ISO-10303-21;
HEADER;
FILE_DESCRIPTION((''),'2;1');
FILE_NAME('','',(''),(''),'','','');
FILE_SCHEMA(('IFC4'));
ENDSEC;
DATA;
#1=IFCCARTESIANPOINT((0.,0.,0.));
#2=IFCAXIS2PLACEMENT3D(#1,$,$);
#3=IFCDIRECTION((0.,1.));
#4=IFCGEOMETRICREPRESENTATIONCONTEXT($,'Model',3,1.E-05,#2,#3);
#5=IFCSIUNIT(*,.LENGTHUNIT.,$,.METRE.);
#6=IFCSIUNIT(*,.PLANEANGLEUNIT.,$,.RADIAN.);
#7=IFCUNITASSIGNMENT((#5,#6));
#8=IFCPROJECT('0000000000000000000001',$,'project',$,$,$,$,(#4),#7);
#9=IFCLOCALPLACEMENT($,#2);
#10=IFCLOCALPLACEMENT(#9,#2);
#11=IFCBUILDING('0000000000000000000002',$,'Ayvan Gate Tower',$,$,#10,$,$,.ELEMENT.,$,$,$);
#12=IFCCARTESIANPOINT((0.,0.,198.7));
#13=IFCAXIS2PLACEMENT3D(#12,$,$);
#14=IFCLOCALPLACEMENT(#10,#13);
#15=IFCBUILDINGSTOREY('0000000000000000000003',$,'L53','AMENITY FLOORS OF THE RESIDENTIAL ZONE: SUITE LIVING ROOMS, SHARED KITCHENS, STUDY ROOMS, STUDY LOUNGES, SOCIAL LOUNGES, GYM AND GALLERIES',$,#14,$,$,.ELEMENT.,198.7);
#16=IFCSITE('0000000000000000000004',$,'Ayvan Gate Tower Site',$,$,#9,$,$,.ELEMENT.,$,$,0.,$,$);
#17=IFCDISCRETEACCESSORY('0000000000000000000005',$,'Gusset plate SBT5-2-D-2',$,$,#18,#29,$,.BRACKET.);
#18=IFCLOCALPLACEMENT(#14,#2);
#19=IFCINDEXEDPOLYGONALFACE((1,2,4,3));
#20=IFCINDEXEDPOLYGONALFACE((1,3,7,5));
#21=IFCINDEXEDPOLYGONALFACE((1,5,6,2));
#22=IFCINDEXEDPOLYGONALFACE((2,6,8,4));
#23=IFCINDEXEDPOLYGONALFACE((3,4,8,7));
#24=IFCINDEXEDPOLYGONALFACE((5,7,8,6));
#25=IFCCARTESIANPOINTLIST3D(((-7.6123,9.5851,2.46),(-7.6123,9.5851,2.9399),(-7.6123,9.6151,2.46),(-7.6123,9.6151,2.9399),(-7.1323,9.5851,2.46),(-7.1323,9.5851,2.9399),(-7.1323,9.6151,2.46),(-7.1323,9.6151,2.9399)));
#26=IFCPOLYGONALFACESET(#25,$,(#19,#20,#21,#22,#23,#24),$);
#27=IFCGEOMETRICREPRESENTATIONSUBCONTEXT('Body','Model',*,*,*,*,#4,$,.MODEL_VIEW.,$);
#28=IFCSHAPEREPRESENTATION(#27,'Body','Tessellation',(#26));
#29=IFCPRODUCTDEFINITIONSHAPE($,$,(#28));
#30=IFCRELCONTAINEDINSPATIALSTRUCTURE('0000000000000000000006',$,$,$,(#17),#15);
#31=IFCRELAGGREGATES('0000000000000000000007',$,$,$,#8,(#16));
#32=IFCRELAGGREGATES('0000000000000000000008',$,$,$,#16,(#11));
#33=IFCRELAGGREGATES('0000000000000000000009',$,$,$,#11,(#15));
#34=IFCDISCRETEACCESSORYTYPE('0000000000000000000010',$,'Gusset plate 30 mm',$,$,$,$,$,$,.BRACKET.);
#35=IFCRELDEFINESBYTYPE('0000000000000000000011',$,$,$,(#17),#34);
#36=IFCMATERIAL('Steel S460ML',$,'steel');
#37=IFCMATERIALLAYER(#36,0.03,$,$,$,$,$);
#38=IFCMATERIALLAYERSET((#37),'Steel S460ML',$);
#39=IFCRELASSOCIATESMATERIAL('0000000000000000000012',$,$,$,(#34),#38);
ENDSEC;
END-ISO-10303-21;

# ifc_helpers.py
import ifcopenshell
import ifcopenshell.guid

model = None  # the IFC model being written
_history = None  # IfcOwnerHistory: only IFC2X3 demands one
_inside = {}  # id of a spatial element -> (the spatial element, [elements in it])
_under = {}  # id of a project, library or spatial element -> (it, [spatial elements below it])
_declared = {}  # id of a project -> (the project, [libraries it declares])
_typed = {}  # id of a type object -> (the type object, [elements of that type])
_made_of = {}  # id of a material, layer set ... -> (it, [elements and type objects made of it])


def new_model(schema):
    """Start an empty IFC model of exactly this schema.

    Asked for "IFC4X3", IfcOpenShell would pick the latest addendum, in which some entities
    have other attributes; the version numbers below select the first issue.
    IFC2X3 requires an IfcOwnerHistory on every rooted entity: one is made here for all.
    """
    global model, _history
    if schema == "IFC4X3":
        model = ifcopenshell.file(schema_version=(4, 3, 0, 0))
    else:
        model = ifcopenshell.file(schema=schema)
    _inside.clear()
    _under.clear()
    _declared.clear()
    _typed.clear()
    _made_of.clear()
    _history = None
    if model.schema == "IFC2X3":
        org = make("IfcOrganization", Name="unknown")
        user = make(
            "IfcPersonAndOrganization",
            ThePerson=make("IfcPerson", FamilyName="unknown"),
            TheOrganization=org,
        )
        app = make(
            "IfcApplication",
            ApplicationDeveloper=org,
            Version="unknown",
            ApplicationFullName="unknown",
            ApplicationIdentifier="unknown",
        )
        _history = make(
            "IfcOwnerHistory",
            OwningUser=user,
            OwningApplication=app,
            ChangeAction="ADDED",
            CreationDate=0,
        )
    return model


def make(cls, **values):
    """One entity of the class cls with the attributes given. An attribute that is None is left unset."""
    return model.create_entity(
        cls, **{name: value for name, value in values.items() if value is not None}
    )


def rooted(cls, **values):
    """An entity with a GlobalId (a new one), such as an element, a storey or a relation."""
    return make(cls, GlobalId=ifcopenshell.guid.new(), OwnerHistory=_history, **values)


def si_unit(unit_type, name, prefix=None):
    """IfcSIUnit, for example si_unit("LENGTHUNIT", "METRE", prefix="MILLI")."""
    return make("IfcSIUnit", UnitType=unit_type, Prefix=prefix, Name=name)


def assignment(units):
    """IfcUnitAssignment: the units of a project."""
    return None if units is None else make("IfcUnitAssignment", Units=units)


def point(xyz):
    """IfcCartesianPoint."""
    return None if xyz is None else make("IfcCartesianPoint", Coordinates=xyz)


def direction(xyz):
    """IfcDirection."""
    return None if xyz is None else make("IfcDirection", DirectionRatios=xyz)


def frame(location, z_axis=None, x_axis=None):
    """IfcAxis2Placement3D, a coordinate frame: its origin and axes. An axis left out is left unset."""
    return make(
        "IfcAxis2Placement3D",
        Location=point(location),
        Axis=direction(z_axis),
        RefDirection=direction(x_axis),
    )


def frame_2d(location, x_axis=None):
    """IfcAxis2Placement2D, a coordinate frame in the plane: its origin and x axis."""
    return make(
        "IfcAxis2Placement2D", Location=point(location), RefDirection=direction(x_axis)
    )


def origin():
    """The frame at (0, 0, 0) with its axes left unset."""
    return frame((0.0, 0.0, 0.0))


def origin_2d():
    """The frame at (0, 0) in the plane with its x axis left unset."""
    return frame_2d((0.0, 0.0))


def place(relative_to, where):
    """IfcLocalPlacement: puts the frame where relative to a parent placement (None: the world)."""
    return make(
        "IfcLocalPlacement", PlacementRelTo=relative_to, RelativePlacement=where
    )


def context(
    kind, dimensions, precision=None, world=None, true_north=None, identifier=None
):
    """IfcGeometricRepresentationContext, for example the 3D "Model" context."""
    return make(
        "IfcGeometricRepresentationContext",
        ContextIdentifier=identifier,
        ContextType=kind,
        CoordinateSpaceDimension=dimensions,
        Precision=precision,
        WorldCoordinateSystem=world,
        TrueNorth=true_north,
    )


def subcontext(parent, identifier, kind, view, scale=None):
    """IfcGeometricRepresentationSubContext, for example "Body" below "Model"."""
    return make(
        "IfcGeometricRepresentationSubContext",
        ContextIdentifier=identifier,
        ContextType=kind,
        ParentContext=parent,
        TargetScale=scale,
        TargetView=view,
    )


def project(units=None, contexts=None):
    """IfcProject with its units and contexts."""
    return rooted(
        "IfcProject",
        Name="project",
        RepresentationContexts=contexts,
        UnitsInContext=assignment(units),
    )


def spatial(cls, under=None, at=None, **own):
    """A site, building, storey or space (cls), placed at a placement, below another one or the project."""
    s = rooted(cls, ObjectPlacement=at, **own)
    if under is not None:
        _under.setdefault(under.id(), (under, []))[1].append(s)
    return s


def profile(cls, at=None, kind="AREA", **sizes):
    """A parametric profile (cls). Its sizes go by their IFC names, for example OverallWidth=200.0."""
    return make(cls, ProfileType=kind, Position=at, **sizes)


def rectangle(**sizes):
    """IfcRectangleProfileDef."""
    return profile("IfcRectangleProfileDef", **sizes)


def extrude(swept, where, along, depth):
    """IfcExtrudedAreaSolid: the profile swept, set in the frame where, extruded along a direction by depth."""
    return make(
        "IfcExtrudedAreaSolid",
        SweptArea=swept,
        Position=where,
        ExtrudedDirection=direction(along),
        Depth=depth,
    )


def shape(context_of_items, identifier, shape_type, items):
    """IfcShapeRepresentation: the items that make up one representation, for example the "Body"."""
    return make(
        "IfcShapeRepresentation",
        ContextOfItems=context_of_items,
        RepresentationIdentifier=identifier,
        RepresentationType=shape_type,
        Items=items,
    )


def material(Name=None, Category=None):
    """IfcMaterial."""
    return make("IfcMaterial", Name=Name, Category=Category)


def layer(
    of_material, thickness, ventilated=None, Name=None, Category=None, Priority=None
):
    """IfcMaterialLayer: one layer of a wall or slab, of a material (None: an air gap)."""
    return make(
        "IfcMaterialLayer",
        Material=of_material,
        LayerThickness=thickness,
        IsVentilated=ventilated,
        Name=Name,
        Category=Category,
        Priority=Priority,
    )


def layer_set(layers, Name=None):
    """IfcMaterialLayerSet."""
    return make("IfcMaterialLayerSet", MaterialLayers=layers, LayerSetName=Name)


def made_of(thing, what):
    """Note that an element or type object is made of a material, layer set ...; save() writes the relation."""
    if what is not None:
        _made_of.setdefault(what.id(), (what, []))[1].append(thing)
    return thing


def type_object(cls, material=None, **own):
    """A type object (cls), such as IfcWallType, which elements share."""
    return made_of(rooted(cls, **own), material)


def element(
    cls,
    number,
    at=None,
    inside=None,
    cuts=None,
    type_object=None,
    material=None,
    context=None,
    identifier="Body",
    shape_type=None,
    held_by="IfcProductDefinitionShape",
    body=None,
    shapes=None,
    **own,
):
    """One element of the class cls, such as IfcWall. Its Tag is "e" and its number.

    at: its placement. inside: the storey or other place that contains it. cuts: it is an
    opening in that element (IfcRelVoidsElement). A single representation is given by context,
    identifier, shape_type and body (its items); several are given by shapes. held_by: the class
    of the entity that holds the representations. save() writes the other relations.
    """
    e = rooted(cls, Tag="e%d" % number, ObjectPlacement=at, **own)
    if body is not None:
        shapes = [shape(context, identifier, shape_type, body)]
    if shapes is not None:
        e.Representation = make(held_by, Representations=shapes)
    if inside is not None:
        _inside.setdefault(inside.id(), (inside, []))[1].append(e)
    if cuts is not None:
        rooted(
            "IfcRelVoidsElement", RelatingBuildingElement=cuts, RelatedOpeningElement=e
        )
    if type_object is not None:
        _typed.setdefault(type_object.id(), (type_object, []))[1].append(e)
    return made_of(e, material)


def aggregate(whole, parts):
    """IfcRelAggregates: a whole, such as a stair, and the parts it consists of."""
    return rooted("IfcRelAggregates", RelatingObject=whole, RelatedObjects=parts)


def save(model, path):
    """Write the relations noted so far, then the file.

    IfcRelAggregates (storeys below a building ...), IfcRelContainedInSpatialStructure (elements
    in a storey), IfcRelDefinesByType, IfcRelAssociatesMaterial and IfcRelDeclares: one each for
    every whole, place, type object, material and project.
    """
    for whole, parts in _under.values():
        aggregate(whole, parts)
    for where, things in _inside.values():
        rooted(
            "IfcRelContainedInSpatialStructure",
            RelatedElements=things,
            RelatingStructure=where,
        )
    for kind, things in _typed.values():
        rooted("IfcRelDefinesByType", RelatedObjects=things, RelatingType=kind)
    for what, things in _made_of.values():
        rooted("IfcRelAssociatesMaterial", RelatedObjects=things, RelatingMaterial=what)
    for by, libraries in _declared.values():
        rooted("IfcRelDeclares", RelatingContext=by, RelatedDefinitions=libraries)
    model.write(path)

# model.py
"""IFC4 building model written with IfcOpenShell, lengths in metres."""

from ifc_helpers import new_model, si_unit, direction, frame, origin, origin_2d, place, context, subcontext, project, spatial, rectangle, extrude, material, layer, layer_set, type_object, element, save


model = new_model("IFC4")

# Units and contexts
model_context = context("Model", 3, precision=1e-05, world=origin(), true_north=direction((0.0, 1.0)))
body_context = subcontext(model_context, "Body", "Model", "MODEL_VIEW")
ifc_project = project(units=[si_unit("LENGTHUNIT", "METRE"), si_unit("PLANEANGLEUNIT", "RADIAN")], contexts=[model_context])

# Site, building, storey
site_placement = place(None, origin())
site = spatial("IfcSite", under=ifc_project, at=site_placement, Name="Ayvan Gate Tower Site", CompositionType="ELEMENT", RefElevation=0.0)
building_placement = place(site_placement, origin())
building = spatial("IfcBuilding", under=site, at=building_placement, Name="Ayvan Gate Tower", CompositionType="ELEMENT")
storey_placement = place(building_placement, frame((0.0, 0.0, 198.7)))
storey = spatial("IfcBuildingStorey", under=building, at=storey_placement, Name="L53", Description="AMENITY FLOORS OF THE RESIDENTIAL ZONE: SUITE LIVING ROOMS, SHARED KITCHENS, STUDY ROOMS, STUDY LOUNGES, SOCIAL LOUNGES, GYM AND GALLERIES", CompositionType="ELEMENT", Elevation=198.7)

# Discrete accessory
ifc_material_1 = material(Name="Steel S460ML", Category="steel")
ifc_layer_1 = layer(ifc_material_1, 0.03)
ifc_layer_set_1 = layer_set([ifc_layer_1], Name="Steel S460ML")
discrete_accessory_type = type_object("IfcDiscreteAccessoryType", Name="Gusset plate 30 mm", PredefinedType="BRACKET", material=ifc_layer_set_1)
discrete_accessory_placement = place(storey_placement, frame((-7.3723, 9.6001, 2.46), z_axis=(0.0, 0.0, 1.0), x_axis=(1.0, 0.0, 0.0)))
element("IfcDiscreteAccessory", 1, at=discrete_accessory_placement, inside=storey, type_object=discrete_accessory_type, Name="Gusset plate SBT5-2-D-2", PredefinedType="BRACKET", context=body_context, shape_type="SweptSolid", body=[
    extrude(rectangle(XDim=0.48, YDim=0.03, at=origin_2d()), origin(), (0.0, 0.0, 1.0), 0.48),
])

save(model, "model.ifc")
